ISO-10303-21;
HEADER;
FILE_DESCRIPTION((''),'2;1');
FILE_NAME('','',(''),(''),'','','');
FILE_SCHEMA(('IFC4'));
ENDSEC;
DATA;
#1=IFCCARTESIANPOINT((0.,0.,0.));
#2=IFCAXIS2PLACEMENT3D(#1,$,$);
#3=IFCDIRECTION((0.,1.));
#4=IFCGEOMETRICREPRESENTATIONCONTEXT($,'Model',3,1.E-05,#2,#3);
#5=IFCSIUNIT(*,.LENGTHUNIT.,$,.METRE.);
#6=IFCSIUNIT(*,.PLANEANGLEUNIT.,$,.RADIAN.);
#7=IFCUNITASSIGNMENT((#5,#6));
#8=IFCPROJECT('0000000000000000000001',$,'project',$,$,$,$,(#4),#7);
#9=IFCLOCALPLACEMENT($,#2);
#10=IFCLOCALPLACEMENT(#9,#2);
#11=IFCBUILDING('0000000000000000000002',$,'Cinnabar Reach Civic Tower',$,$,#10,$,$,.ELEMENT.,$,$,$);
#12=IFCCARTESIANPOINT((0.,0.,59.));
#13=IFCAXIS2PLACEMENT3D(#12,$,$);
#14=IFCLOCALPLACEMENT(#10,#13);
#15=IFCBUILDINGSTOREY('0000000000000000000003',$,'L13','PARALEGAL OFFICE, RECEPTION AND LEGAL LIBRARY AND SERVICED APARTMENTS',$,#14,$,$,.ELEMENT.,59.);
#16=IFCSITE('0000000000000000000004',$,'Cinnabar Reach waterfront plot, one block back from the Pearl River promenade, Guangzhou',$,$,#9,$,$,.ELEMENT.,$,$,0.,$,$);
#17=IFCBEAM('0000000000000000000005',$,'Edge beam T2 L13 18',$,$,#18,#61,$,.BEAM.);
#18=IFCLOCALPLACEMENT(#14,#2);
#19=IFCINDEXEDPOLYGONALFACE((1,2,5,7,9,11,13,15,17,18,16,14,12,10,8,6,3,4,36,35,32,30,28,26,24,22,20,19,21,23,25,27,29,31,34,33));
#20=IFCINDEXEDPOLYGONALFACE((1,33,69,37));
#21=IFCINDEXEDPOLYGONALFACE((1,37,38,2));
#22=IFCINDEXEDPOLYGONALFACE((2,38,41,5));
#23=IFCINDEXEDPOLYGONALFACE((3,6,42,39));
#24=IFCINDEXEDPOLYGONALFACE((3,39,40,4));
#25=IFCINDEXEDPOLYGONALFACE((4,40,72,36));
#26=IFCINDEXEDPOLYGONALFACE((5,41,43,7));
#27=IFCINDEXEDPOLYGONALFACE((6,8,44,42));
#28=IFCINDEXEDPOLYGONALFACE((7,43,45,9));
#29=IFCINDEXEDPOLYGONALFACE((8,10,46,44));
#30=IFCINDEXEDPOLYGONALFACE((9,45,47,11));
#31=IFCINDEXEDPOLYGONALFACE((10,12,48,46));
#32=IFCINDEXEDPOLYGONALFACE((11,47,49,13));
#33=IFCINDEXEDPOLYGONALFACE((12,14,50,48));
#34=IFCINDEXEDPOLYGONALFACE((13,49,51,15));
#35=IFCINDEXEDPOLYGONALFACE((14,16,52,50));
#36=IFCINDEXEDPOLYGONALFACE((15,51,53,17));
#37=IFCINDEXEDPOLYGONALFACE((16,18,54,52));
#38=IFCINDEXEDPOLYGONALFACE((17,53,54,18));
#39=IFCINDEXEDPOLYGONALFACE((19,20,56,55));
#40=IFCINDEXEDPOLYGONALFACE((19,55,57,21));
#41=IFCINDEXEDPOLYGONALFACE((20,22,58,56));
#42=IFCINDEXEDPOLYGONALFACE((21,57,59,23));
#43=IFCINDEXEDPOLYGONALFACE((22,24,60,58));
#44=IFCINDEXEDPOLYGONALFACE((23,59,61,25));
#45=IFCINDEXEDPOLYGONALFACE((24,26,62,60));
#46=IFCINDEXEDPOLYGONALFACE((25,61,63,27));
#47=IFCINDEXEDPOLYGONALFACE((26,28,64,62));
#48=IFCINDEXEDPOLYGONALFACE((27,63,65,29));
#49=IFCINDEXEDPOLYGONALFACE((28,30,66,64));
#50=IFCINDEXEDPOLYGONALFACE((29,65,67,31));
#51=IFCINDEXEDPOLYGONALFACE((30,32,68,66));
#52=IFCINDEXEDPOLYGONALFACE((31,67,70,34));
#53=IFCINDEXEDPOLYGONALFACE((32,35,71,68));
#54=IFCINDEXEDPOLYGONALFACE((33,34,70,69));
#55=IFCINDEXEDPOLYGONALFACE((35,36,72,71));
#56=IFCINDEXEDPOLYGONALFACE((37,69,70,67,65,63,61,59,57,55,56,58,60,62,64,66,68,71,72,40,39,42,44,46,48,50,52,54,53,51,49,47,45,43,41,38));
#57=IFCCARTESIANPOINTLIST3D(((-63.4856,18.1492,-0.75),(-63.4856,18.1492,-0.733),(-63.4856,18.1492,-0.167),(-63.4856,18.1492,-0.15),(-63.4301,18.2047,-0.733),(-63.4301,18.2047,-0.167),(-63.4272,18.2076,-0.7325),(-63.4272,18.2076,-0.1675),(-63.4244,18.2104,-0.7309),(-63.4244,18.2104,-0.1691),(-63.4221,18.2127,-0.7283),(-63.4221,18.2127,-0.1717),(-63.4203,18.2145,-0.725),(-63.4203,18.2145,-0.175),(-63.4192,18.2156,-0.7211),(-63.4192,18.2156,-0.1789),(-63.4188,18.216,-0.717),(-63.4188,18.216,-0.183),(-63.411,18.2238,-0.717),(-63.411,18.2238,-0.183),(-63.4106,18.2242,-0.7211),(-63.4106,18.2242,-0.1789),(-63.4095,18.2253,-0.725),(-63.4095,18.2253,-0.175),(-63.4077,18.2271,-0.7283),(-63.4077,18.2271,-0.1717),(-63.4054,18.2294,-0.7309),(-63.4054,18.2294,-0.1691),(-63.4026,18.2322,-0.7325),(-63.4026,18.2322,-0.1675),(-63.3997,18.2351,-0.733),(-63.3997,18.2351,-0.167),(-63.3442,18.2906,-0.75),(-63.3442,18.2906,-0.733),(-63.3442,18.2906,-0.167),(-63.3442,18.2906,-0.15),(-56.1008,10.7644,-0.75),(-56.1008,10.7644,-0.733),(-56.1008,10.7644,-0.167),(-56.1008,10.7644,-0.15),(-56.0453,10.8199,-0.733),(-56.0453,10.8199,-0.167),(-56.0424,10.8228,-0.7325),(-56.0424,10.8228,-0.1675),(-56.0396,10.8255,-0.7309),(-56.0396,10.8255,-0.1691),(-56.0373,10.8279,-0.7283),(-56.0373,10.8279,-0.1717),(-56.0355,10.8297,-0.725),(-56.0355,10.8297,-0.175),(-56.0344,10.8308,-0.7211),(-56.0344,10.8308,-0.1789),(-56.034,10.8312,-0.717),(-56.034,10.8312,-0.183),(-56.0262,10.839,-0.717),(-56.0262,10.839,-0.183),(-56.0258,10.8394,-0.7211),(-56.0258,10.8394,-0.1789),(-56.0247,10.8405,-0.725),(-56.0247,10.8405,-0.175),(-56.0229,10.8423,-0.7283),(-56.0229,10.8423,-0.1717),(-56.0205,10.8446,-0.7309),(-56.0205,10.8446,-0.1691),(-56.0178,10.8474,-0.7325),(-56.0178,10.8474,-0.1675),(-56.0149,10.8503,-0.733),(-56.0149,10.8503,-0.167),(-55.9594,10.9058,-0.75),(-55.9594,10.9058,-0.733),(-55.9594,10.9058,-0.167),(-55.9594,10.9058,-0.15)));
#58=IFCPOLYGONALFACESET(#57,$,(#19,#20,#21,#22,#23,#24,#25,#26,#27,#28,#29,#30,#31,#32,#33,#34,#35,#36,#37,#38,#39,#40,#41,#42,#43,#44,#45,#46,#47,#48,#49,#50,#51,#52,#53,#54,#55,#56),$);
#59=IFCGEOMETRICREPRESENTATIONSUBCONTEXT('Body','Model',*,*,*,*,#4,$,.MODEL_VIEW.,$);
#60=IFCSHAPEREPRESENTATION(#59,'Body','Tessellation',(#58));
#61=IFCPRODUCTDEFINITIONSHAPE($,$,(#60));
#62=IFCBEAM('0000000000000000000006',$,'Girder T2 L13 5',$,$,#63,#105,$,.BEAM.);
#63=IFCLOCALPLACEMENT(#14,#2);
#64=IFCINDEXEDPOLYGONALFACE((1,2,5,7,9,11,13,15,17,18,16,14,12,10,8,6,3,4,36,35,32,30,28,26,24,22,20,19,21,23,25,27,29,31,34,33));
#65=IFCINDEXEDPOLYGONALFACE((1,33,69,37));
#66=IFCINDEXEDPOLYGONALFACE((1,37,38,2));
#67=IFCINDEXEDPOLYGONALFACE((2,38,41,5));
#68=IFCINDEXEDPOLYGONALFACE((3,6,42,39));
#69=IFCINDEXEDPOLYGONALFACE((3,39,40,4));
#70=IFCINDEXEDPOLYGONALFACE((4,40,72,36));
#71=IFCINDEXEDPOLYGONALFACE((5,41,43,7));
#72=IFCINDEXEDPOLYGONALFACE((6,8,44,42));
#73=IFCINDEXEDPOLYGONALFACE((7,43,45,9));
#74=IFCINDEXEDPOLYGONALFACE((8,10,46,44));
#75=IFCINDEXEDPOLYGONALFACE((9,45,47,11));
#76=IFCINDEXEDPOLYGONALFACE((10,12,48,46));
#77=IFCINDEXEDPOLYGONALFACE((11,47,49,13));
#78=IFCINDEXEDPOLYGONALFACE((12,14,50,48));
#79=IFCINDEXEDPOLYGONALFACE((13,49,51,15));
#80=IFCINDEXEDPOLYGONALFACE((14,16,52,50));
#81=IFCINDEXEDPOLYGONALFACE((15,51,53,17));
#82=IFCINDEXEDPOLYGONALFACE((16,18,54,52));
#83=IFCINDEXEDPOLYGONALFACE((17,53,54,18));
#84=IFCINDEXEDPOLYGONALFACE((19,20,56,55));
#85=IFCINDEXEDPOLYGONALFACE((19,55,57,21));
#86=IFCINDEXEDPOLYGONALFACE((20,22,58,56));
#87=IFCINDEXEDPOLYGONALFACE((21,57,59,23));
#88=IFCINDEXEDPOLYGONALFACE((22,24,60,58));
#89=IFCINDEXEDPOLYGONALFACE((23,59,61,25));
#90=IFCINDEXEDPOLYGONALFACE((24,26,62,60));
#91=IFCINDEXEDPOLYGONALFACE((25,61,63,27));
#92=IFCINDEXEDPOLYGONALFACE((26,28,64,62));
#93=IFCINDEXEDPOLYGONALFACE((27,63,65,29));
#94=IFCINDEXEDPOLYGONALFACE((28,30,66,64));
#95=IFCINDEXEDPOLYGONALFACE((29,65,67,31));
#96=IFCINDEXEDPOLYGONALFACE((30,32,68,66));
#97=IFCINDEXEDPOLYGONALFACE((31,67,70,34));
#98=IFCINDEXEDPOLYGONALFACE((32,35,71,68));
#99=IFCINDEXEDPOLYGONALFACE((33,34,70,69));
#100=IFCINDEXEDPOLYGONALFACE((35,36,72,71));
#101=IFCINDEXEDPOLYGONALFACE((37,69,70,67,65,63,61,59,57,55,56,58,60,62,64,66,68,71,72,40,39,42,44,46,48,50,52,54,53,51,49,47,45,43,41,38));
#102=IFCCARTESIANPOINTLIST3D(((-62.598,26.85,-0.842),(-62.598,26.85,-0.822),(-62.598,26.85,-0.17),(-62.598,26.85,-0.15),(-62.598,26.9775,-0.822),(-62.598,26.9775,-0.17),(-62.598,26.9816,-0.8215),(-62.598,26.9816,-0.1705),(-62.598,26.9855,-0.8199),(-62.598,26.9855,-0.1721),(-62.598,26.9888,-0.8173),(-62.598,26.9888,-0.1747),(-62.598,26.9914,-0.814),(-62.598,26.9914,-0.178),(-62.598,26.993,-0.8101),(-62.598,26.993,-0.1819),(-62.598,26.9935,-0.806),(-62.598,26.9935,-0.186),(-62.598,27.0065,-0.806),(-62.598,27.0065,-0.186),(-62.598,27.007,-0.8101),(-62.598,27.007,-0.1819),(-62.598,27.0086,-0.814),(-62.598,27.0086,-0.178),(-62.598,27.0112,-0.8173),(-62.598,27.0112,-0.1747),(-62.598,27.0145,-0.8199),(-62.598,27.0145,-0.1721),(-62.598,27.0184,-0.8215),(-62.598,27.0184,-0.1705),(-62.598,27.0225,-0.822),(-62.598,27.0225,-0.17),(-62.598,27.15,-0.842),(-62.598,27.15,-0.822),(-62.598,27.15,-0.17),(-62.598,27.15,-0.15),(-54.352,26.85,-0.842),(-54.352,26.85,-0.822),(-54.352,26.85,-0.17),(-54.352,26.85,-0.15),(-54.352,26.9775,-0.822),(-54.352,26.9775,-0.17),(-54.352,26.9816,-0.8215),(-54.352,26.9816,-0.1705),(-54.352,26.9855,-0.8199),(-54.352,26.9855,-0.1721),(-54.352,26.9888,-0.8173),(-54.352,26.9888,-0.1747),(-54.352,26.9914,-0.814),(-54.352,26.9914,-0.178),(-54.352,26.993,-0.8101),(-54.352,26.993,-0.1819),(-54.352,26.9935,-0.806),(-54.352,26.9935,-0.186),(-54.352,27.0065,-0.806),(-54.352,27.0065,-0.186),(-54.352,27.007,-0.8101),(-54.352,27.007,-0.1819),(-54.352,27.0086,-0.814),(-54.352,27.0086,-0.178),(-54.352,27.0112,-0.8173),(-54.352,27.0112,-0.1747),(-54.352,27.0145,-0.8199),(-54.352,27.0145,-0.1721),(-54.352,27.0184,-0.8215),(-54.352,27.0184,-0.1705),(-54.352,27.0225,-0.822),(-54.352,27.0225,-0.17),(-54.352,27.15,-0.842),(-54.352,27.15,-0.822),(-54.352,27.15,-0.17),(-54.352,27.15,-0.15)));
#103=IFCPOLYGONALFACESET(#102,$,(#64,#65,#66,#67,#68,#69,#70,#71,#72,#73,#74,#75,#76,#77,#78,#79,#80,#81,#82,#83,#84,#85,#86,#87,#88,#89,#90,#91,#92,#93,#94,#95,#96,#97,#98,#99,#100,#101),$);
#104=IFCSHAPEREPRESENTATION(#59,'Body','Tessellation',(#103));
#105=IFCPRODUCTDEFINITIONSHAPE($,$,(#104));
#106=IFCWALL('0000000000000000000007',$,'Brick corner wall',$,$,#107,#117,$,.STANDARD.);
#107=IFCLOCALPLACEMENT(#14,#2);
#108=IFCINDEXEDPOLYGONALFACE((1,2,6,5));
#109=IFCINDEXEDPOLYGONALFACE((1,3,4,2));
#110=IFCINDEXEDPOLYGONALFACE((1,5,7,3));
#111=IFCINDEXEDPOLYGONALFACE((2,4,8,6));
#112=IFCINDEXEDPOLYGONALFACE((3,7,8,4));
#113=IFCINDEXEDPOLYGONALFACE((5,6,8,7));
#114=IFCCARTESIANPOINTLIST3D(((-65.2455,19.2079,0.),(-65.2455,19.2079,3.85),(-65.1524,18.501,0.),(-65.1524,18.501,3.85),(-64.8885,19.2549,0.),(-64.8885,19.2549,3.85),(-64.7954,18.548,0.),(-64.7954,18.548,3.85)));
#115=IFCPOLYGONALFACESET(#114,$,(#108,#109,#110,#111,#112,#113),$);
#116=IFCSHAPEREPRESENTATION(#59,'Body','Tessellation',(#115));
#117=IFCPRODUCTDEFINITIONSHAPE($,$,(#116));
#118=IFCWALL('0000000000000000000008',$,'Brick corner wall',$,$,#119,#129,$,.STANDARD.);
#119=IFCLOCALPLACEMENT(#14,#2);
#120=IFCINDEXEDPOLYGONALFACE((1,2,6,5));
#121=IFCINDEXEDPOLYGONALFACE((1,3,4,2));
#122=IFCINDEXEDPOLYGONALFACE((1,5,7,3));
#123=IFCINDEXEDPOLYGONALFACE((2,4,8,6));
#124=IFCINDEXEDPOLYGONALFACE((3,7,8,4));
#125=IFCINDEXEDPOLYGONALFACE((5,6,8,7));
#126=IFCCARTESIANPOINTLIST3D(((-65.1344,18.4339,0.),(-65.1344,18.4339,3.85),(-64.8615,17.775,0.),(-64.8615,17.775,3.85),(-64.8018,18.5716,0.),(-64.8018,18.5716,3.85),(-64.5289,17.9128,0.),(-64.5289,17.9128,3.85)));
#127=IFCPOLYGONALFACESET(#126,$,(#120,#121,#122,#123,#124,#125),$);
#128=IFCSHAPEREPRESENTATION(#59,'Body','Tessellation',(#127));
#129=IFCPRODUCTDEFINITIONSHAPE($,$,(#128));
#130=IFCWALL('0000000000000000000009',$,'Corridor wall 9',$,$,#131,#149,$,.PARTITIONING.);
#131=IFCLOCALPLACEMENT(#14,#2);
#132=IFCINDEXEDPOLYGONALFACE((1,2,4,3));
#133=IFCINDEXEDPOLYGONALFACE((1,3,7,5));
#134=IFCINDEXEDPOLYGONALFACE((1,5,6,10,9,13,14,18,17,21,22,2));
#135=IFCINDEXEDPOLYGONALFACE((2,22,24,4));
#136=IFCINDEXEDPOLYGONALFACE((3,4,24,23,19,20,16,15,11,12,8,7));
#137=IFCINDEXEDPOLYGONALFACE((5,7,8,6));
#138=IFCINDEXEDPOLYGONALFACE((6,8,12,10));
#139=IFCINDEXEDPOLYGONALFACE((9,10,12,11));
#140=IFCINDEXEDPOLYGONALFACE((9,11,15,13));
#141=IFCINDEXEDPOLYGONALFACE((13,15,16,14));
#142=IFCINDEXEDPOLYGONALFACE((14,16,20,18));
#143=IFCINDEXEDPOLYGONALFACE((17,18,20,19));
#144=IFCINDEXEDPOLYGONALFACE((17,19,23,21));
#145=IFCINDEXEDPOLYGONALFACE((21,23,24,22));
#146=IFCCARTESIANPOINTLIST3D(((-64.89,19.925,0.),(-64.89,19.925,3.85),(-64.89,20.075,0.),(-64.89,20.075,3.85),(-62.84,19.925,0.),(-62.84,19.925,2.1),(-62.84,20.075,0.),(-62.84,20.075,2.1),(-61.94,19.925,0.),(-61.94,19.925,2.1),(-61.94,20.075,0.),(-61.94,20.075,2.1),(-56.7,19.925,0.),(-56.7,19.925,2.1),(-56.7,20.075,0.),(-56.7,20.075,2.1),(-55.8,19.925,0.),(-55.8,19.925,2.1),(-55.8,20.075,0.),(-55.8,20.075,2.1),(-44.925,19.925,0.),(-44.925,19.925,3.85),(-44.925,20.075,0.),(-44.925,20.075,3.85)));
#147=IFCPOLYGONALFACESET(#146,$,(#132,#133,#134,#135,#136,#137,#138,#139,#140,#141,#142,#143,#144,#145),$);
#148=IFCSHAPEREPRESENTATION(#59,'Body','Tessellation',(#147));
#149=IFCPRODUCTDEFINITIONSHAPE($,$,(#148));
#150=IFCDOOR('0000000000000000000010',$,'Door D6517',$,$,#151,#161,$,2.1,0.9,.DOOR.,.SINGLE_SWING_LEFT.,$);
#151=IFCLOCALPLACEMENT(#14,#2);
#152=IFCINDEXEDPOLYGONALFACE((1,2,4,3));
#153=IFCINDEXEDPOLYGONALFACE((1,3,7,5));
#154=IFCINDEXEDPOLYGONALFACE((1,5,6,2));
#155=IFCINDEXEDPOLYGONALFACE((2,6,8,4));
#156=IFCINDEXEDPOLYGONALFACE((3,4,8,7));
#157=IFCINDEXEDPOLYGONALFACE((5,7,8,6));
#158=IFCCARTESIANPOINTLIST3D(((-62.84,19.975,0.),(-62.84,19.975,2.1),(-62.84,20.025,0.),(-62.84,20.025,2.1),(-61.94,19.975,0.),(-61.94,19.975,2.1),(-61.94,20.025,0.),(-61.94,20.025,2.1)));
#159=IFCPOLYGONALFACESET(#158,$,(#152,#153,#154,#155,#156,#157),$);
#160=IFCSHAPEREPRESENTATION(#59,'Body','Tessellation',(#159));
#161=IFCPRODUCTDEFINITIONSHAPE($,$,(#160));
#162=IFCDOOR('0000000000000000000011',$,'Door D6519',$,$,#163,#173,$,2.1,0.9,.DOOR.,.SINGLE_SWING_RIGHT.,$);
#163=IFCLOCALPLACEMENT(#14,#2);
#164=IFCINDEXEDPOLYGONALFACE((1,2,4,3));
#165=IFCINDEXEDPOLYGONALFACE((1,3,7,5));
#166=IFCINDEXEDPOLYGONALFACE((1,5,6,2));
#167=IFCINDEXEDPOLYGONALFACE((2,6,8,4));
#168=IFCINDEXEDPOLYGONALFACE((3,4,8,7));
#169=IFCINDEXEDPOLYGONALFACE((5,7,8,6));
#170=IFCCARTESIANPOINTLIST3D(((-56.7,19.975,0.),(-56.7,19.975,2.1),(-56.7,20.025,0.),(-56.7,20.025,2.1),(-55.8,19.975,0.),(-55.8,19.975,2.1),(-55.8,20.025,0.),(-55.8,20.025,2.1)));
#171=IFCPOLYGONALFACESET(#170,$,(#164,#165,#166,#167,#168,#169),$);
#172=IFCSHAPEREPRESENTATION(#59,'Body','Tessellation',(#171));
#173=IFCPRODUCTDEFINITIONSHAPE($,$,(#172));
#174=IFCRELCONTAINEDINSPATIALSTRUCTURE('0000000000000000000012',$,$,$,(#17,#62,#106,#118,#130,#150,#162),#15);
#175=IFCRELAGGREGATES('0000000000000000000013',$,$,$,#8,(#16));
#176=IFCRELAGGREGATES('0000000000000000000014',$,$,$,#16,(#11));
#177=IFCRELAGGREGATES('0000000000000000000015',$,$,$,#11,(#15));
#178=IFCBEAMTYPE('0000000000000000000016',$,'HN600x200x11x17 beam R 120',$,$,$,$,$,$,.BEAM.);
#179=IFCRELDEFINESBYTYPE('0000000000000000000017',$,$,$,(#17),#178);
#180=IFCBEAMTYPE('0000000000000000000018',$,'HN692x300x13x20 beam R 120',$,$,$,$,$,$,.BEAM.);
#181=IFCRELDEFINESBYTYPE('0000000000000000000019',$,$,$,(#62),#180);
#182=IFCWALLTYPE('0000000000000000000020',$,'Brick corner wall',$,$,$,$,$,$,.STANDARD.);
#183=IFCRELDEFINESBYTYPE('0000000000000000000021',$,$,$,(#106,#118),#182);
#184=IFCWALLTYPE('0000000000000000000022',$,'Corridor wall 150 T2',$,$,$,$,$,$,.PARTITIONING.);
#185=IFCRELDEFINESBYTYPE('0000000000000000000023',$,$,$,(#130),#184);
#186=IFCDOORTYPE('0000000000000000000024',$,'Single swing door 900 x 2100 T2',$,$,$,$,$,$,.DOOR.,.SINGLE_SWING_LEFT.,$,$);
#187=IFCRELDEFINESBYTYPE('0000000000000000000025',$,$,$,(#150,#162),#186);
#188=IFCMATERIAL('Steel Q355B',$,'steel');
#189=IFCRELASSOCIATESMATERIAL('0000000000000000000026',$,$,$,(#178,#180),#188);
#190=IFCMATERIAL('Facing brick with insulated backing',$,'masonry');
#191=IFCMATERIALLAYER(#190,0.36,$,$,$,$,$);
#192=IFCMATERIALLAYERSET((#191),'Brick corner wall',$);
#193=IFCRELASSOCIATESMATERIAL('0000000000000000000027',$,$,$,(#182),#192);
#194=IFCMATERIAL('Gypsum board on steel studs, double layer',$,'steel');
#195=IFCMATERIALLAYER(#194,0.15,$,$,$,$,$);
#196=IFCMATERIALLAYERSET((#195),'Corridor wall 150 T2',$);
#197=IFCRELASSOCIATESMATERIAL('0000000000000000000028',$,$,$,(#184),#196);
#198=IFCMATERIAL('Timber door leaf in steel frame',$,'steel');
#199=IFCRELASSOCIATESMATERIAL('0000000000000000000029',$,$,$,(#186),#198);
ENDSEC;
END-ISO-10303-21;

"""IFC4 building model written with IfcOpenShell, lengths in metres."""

from ifc_helpers import new_model, si_unit, direction, frame, frame_2d, origin, origin_2d, place, context, subcontext, project, spatial, rectangle, i_section, extrude, material, layer, layer_set, material_profile, profile_set, type_object, element, fill, save


model = new_model("IFC4")

# Units and contexts
model_context = context("Model", 3, precision=1e-05, world=origin(), true_north=direction((0.0, 1.0)))
body_context = subcontext(model_context, "Body", "Model", "MODEL_VIEW")
ifc_project = project(units=[si_unit("LENGTHUNIT", "METRE"), si_unit("PLANEANGLEUNIT", "RADIAN")], contexts=[model_context])

# Site, building, storey
site_placement = place(None, origin())
site = spatial("IfcSite", under=ifc_project, at=site_placement, Name="Cinnabar Reach waterfront plot, one block back from the Pearl River promenade, Guangzhou", CompositionType="ELEMENT", RefElevation=0.0)
building_placement = place(site_placement, origin())
building = spatial("IfcBuilding", under=site, at=building_placement, Name="Cinnabar Reach Civic Tower", CompositionType="ELEMENT")
storey_placement = place(building_placement, frame((0.0, 0.0, 59.0)))
storey = spatial("IfcBuildingStorey", under=building, at=storey_placement, Name="L13", Description="PARALEGAL OFFICE, RECEPTION AND LEGAL LIBRARY AND SERVICED APARTMENTS", CompositionType="ELEMENT", Elevation=59.0)

# Beams
ifc_material_1 = material(Name="Steel Q355B", Category="steel")
ifc_material_profile_1 = material_profile(ifc_material_1, i_section(OverallWidth=0.2, OverallDepth=0.6, WebThickness=0.011, FlangeThickness=0.017, FilletRadius=0.016, at=origin_2d()), Name="HN600x200x11x17")
ifc_profile_set_1 = profile_set([ifc_material_profile_1], Name="Steel Q355B")
beam_type_1 = type_object("IfcBeamType", Name="HN600x200x11x17 beam R 120", PredefinedType="BEAM", material=ifc_profile_set_1)
beam_1_placement = place(storey_placement, frame((-63.4149, 18.2199, -0.45), z_axis=(0.707107, -0.707107, 0.0), x_axis=(0.707107, 0.707107, 0.0)))
element("IfcBeam", 1, at=beam_1_placement, inside=storey, type_object=beam_type_1, Name="Edge beam T2 L13 18", PredefinedType="BEAM", context=body_context, shape_type="SweptSolid", body=[
    extrude(i_section(OverallWidth=0.2, OverallDepth=0.6, WebThickness=0.011, FlangeThickness=0.017, FilletRadius=0.016, at=origin_2d()), origin(), (0.0, 0.0, 1.0), 10.4437),
])
ifc_material_profile_2 = material_profile(ifc_material_1, i_section(OverallWidth=0.3, OverallDepth=0.692, WebThickness=0.013, FlangeThickness=0.02, FilletRadius=0.016, at=origin_2d()), Name="HN692x300x13x20")
ifc_profile_set_2 = profile_set([ifc_material_profile_2], Name="Steel Q355B")
beam_type_2 = type_object("IfcBeamType", Name="HN692x300x13x20 beam R 120", PredefinedType="BEAM", material=ifc_profile_set_2)
beam_2_placement = place(storey_placement, frame((-62.598, 27.0, -0.496), z_axis=(1.0, 0.0, 0.0), x_axis=(0.0, 1.0, 0.0)))
element("IfcBeam", 2, at=beam_2_placement, inside=storey, type_object=beam_type_2, Name="Girder T2 L13 5", PredefinedType="BEAM", context=body_context, shape_type="SweptSolid", body=[
    extrude(i_section(OverallWidth=0.3, OverallDepth=0.692, WebThickness=0.013, FlangeThickness=0.02, FilletRadius=0.016, at=origin_2d()), origin(), (0.0, 0.0, 1.0), 8.246),
])

# Walls
ifc_material_2 = material(Name="Facing brick with insulated backing", Category="masonry")
ifc_layer_1 = layer(ifc_material_2, 0.36)
ifc_layer_set_1 = layer_set([ifc_layer_1], Name="Brick corner wall")
wall_type_1 = type_object("IfcWallType", Name="Brick corner wall", PredefinedType="STANDARD", material=ifc_layer_set_1)
for number, where, z_axis, x_axis, name in (
    (3, (-65.067, 19.2314, 0.0), (0.0, 0.0, 1.0), (0.130556, -0.991441, 0.0), "Brick corner wall"),
    (4, (-64.9681, 18.5027, 0.0), (0.0, 0.0, 1.0), (0.382703, -0.923872, 0.0), "Brick corner wall"),
):
    element("IfcWall", number, at=place(storey_placement, frame(where, z_axis=z_axis, x_axis=x_axis)), inside=storey, type_object=wall_type_1, Name=name, PredefinedType="STANDARD", context=body_context, shape_type="SweptSolid", body=[
        extrude(rectangle(XDim=0.7131, YDim=0.36, at=frame_2d((0.3565, 0.0))), origin(), (0.0, 0.0, 1.0), 3.85),
    ])

# Wall, openings, doors
ifc_material_3 = material(Name="Gypsum board on steel studs, double layer", Category="steel")
ifc_layer_2 = layer(ifc_material_3, 0.15)
ifc_layer_set_2 = layer_set([ifc_layer_2], Name="Corridor wall 150 T2")
wall_type_2 = type_object("IfcWallType", Name="Corridor wall 150 T2", PredefinedType="PARTITIONING", material=ifc_layer_set_2)
wall_1_placement = place(storey_placement, frame((-64.89, 20.0, 0.0), z_axis=(0.0, 0.0, 1.0), x_axis=(1.0, 0.0, 0.0)))
wall_1 = element("IfcWall", 5, at=wall_1_placement, inside=storey, type_object=wall_type_2, Name="Corridor wall 9", PredefinedType="PARTITIONING", context=body_context, shape_type="SweptSolid", body=[
    extrude(rectangle(XDim=19.965, YDim=0.15, at=frame_2d((9.9825, 0.0))), origin(), (0.0, 0.0, 1.0), 3.85),
])
opening_1_placement = place(wall_1_placement, frame((2.05, 0.0, 0.0)))
opening_1 = element("IfcOpeningElement", 6, at=opening_1_placement, cuts=wall_1, PredefinedType="OPENING", context=body_context, shape_type="SweptSolid", body=[
    extrude(rectangle(XDim=0.9, YDim=2.1, at=frame_2d((0.45, 1.05))), frame((0.0, 0.085, 0.0), z_axis=(0.0, -1.0, 0.0), x_axis=(1.0, 0.0, 0.0)), (0.0, 0.0, 1.0), 0.17),
])
opening_2_placement = place(wall_1_placement, frame((8.19, 0.0, 0.0)))
opening_2 = element("IfcOpeningElement", 7, at=opening_2_placement, cuts=wall_1, PredefinedType="OPENING", context=body_context, shape_type="SweptSolid", body=[
    extrude(rectangle(XDim=0.9, YDim=2.1, at=frame_2d((0.45, 1.05))), frame((0.0, 0.085, 0.0), z_axis=(0.0, -1.0, 0.0), x_axis=(1.0, 0.0, 0.0)), (0.0, 0.0, 1.0), 0.17),
])
ifc_material_4 = material(Name="Timber door leaf in steel frame", Category="steel")
door_type = type_object("IfcDoorType", Name="Single swing door 900 x 2100 T2", OperationType="SINGLE_SWING_LEFT", PredefinedType="DOOR", material=ifc_material_4)
door_1_placement = place(opening_1_placement, origin())
door_1 = element("IfcDoor", 8, at=door_1_placement, inside=storey, type_object=door_type, Name="Door D6517", OperationType="SINGLE_SWING_LEFT", OverallHeight=2.1, OverallWidth=0.9, PredefinedType="DOOR", context=body_context, shape_type="SweptSolid", body=[
    extrude(rectangle(XDim=0.9, YDim=2.1, at=frame_2d((0.45, 1.05))), frame((0.0, 0.025, 0.0), z_axis=(0.0, -1.0, 0.0), x_axis=(1.0, 0.0, 0.0)), (0.0, 0.0, 1.0), 0.05),
])
fill(opening_1, door_1)
door_2_placement = place(opening_2_placement, origin())
door_2 = element("IfcDoor", 9, at=door_2_placement, inside=storey, type_object=door_type, Name="Door D6519", OperationType="SINGLE_SWING_RIGHT", OverallHeight=2.1, OverallWidth=0.9, PredefinedType="DOOR", context=body_context, shape_type="SweptSolid", body=[
    extrude(rectangle(XDim=0.9, YDim=2.1, at=frame_2d((0.45, 1.05))), frame((0.0, 0.025, 0.0), z_axis=(0.0, -1.0, 0.0), x_axis=(1.0, 0.0, 0.0)), (0.0, 0.0, 1.0), 0.05),
])
fill(opening_2, door_2)

save(model, "model.ifc")
